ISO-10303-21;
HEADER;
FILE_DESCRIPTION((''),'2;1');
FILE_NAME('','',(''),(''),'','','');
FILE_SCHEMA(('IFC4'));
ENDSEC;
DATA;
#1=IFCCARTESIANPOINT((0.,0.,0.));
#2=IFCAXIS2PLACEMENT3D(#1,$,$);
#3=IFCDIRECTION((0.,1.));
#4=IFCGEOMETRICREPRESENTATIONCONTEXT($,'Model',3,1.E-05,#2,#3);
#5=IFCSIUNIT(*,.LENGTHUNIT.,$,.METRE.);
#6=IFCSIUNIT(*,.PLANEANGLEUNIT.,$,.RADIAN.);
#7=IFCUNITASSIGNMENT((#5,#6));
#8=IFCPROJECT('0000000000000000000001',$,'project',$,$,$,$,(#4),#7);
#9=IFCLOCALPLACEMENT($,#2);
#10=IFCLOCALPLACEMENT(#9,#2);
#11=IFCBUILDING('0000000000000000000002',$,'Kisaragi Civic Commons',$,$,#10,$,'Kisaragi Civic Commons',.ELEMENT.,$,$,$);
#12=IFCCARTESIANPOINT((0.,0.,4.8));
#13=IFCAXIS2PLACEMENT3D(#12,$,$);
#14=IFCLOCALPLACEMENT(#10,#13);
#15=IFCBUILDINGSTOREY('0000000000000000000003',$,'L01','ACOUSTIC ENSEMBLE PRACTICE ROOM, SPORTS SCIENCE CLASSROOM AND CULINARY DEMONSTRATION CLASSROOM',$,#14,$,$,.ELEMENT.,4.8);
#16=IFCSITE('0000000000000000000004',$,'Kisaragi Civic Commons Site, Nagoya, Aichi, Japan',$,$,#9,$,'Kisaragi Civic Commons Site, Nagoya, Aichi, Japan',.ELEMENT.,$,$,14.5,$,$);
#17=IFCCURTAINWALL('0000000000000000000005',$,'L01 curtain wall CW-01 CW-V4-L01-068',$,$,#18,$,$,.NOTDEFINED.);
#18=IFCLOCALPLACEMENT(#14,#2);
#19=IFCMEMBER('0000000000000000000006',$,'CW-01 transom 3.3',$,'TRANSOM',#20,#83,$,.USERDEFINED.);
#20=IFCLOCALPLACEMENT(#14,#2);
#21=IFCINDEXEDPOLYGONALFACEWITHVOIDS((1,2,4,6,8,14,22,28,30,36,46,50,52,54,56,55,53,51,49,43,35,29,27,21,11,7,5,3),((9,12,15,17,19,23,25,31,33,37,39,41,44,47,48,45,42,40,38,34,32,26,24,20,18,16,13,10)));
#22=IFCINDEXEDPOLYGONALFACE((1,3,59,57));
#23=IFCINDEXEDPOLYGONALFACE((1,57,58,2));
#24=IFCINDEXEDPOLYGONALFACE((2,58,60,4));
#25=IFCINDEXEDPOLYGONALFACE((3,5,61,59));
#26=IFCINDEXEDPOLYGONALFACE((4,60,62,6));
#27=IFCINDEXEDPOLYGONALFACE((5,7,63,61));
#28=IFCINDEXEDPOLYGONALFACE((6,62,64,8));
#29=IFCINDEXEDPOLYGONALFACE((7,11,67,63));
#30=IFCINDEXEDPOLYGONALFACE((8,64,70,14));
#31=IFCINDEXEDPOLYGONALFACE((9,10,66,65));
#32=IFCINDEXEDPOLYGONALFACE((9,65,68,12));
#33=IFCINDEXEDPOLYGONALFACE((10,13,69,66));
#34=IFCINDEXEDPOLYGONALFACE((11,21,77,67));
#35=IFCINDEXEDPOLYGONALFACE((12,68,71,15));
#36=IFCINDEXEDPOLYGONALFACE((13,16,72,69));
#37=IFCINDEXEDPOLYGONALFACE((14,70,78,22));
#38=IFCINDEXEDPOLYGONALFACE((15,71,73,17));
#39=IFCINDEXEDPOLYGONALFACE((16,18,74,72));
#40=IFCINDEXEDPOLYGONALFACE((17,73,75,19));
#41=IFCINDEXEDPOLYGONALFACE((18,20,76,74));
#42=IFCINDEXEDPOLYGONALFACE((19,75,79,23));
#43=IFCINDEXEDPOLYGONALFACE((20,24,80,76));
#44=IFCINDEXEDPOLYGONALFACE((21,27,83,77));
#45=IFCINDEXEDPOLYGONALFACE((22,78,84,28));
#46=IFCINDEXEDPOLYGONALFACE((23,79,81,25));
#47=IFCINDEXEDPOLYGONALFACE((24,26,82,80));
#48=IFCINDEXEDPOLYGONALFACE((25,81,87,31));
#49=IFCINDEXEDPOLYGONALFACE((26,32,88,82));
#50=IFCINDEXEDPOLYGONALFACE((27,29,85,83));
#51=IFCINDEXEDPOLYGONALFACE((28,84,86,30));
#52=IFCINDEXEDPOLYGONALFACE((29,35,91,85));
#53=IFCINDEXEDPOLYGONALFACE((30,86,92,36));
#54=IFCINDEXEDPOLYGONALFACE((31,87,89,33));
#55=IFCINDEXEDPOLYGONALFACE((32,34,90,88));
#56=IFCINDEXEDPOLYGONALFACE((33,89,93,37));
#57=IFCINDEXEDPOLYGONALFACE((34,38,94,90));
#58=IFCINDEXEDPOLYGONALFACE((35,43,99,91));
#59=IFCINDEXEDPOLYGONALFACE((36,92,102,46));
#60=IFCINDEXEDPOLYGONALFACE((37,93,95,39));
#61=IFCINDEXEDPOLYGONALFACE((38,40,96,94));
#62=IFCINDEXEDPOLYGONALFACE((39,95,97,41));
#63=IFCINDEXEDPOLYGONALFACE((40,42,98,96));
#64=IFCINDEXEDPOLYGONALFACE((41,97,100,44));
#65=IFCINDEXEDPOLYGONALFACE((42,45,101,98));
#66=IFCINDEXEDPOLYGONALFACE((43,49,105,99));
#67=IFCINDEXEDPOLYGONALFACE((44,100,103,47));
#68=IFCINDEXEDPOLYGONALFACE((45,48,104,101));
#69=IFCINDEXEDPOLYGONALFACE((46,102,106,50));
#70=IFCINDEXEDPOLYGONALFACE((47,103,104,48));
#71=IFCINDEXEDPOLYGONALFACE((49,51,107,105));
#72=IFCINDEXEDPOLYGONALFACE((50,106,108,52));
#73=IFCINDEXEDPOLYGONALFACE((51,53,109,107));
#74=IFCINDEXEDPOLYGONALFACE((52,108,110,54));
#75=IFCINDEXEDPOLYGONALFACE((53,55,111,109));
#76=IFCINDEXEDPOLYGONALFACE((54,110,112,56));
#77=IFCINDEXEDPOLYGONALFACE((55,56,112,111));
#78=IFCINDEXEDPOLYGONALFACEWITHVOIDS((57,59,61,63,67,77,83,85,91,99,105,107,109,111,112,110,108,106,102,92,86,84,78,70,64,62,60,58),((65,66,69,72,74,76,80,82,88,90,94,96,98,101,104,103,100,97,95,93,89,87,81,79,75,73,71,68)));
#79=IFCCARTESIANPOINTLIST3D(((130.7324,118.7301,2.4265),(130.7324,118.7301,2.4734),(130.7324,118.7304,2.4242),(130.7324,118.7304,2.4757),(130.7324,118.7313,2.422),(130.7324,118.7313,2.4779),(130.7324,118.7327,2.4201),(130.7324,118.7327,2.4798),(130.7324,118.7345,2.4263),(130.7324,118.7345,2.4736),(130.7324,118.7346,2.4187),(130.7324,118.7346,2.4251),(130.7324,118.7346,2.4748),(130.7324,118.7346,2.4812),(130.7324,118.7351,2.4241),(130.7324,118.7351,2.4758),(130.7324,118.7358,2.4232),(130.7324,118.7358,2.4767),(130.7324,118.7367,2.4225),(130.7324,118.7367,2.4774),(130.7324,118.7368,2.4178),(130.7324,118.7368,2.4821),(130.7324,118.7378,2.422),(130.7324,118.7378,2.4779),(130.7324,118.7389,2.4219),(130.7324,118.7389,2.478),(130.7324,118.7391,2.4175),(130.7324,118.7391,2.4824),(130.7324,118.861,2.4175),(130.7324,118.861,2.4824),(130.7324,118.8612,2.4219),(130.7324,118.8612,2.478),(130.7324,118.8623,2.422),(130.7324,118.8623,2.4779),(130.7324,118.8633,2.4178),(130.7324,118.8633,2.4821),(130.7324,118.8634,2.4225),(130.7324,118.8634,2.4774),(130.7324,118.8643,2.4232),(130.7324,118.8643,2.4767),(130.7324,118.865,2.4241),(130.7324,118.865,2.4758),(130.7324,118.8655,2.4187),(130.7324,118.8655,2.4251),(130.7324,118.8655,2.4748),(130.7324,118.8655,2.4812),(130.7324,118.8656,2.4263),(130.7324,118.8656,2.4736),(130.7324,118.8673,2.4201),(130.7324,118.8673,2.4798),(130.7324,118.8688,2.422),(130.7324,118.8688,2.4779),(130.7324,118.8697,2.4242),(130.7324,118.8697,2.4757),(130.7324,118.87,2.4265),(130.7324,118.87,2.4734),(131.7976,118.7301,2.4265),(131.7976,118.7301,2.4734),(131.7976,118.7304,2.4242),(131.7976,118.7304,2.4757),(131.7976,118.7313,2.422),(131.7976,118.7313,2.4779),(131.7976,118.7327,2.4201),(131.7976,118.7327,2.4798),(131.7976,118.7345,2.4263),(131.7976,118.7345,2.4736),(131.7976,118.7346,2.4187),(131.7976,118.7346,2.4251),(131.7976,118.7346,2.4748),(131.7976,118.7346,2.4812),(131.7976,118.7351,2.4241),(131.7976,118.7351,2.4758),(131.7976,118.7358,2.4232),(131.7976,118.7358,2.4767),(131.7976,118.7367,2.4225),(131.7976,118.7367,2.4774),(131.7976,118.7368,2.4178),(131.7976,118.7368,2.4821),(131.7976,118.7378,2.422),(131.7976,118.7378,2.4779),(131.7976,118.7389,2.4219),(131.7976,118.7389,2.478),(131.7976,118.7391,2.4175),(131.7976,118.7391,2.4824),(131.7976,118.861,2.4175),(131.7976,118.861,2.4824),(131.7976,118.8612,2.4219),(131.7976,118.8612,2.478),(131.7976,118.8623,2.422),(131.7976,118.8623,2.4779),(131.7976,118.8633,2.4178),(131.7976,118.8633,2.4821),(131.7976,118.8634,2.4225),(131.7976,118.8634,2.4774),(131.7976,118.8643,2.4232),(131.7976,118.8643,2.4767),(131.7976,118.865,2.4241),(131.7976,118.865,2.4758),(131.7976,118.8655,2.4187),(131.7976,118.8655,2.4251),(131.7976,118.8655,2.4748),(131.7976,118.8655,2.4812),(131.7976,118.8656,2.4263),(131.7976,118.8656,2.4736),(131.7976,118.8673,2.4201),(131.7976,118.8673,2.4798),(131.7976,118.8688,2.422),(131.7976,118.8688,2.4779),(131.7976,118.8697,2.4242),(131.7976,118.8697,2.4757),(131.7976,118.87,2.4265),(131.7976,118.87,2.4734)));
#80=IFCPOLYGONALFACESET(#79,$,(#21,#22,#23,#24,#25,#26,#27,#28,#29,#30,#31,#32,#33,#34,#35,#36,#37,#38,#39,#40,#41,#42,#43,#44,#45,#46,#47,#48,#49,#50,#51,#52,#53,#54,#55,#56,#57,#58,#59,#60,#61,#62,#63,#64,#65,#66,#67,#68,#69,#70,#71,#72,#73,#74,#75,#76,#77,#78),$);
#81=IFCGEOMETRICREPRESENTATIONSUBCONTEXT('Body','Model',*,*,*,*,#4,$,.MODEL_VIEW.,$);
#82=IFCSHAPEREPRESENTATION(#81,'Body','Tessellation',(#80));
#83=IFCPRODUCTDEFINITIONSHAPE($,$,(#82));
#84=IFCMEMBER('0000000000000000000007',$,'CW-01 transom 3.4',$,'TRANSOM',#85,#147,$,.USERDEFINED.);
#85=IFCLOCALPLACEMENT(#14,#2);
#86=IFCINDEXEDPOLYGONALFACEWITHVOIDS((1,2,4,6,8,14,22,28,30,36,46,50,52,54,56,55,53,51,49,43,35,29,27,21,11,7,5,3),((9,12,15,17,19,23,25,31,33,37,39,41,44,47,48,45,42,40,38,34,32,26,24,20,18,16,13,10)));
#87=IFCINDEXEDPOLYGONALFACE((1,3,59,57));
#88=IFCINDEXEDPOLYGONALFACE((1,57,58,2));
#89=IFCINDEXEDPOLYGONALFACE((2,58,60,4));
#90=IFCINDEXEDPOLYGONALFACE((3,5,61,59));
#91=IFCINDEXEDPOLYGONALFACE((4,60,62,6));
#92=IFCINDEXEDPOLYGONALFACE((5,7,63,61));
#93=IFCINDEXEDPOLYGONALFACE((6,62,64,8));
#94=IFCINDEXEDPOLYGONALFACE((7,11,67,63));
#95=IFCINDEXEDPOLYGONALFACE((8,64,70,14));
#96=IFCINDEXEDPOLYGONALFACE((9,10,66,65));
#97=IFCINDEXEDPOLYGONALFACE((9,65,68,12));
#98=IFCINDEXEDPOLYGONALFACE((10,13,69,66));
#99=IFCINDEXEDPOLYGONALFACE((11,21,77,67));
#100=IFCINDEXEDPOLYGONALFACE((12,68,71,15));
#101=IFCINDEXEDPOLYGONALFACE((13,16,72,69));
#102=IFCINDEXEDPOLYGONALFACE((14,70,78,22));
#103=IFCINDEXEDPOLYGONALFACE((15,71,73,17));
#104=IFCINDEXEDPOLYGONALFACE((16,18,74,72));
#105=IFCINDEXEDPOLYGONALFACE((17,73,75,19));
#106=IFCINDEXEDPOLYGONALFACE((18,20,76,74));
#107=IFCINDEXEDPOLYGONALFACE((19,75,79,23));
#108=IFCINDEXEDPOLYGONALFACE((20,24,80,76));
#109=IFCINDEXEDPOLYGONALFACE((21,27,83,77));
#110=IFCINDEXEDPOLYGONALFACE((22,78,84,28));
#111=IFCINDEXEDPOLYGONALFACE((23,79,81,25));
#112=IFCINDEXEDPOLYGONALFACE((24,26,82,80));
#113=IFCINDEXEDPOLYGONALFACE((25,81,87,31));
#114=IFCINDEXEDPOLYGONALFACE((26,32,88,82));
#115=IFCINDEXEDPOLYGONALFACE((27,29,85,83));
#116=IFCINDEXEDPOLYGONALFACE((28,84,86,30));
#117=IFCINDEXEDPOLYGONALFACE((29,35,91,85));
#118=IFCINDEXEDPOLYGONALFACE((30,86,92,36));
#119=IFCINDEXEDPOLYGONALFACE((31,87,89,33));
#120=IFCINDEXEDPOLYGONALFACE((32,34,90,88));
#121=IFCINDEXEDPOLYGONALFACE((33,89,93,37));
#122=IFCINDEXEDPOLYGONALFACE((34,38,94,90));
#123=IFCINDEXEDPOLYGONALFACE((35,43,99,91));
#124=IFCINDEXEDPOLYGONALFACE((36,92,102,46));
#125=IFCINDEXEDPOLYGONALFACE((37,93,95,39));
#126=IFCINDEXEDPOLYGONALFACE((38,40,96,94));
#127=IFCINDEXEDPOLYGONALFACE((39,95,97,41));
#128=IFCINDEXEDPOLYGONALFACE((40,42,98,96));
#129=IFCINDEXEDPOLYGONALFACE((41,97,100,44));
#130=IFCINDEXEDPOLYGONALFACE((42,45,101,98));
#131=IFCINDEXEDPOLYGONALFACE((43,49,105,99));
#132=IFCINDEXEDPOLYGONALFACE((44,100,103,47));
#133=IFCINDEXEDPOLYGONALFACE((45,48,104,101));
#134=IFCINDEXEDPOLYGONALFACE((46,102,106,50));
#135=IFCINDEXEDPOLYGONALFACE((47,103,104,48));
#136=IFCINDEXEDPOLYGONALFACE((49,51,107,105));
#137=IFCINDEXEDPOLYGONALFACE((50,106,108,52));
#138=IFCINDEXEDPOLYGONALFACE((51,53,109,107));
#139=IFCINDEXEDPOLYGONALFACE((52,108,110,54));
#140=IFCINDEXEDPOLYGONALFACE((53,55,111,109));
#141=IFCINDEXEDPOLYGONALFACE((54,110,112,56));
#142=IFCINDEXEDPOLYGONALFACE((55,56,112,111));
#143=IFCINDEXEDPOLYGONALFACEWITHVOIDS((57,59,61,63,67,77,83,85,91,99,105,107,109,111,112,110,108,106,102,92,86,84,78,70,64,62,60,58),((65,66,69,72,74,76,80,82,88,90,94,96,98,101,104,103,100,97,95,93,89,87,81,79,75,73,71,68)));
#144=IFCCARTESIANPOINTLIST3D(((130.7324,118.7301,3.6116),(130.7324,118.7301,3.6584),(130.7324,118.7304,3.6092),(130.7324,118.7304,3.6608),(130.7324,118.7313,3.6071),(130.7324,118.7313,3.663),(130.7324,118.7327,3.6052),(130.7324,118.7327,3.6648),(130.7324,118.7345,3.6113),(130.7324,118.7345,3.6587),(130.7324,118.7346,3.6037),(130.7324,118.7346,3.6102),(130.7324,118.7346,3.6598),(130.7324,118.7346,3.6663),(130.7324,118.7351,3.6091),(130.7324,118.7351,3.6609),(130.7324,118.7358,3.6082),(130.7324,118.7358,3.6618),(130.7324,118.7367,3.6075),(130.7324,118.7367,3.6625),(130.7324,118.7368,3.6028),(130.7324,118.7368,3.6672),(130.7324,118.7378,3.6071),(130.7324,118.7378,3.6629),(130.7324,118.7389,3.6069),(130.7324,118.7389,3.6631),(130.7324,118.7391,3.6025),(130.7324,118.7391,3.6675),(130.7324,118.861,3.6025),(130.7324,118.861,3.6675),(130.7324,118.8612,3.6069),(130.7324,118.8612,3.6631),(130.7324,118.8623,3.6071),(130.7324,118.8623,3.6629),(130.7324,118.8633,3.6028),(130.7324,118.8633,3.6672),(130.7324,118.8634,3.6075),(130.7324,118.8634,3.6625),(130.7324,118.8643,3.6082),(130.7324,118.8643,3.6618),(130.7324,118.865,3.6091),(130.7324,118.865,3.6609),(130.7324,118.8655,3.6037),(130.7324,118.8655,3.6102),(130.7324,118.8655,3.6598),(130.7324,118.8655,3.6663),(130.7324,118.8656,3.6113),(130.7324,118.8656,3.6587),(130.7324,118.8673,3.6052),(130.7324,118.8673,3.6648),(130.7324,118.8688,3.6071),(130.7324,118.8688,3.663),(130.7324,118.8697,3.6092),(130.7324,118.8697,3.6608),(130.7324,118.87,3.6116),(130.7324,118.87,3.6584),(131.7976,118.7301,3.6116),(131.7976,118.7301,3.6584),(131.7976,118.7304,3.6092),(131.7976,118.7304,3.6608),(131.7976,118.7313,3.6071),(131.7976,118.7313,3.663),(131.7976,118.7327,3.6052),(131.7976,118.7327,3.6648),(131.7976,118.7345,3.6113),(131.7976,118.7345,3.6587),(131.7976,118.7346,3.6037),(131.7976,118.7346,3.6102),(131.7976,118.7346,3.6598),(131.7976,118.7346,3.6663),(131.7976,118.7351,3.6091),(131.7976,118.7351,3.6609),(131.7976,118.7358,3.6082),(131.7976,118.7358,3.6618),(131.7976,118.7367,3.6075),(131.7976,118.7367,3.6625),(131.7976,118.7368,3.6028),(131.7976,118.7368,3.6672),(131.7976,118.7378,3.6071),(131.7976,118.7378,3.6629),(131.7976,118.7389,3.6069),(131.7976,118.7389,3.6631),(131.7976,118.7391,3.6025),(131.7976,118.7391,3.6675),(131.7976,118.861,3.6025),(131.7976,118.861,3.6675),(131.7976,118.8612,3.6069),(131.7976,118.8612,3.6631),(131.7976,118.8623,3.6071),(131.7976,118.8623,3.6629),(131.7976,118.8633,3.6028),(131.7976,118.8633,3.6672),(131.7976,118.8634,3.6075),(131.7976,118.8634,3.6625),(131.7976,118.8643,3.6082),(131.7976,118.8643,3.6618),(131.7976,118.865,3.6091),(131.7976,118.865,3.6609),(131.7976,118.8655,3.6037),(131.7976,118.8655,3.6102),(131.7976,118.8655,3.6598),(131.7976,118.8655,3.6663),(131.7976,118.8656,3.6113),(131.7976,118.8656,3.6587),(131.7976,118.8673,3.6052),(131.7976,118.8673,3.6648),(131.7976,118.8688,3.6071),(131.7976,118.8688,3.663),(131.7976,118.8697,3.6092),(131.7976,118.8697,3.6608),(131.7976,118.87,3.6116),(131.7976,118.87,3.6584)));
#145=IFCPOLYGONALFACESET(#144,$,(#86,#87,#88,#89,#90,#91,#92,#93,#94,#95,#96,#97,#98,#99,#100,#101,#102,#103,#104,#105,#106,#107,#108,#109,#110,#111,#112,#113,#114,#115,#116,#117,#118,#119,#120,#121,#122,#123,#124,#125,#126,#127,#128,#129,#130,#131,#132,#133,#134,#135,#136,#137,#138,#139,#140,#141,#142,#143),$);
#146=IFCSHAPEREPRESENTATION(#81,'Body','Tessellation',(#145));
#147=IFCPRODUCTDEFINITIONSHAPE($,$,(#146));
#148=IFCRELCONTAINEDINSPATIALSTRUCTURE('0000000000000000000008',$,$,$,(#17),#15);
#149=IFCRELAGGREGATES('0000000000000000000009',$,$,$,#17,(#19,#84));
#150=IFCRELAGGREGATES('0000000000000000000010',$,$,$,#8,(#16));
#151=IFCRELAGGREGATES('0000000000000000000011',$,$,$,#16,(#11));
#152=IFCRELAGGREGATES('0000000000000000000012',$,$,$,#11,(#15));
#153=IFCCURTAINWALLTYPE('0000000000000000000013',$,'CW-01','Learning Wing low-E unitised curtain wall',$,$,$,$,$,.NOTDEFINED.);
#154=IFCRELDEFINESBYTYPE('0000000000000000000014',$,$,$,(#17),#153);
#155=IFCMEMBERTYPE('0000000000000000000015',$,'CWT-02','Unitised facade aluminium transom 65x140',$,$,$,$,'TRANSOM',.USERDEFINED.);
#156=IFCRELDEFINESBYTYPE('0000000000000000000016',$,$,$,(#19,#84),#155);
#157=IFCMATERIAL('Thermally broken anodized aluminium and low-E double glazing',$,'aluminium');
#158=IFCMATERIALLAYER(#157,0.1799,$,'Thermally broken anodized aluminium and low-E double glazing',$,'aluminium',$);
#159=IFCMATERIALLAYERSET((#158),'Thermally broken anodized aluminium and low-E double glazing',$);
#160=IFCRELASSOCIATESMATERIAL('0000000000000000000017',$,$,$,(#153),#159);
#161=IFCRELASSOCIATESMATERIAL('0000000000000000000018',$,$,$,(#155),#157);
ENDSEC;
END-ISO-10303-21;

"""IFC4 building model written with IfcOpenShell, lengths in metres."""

from ifc_helpers import new_model, si_unit, direction, frame, origin, origin_2d, place, context, subcontext, project, spatial, hollow_rectangle, extrude, material, layer, layer_set, material_profile, profile_set, type_object, element, aggregate, save


model = new_model("IFC4")

# Units and contexts
model_context = context("Model", 3, precision=1e-05, world=origin(), true_north=direction((0.0, 1.0)))
body_context = subcontext(model_context, "Body", "Model", "MODEL_VIEW")
ifc_project = project(units=[si_unit("LENGTHUNIT", "METRE"), si_unit("PLANEANGLEUNIT", "RADIAN")], contexts=[model_context])

# Site, building, storey
site_placement = place(None, origin())
site = spatial("IfcSite", under=ifc_project, at=site_placement, Name="Kisaragi Civic Commons Site, Nagoya, Aichi, Japan", LongName="Kisaragi Civic Commons Site, Nagoya, Aichi, Japan", CompositionType="ELEMENT", RefElevation=14.5)
building_placement = place(site_placement, origin())
building = spatial("IfcBuilding", under=site, at=building_placement, Name="Kisaragi Civic Commons", LongName="Kisaragi Civic Commons", CompositionType="ELEMENT")
storey_placement = place(building_placement, frame((0.0, 0.0, 4.8)))
storey = spatial("IfcBuildingStorey", under=building, at=storey_placement, Name="L01", Description="ACOUSTIC ENSEMBLE PRACTICE ROOM, SPORTS SCIENCE CLASSROOM AND CULINARY DEMONSTRATION CLASSROOM", CompositionType="ELEMENT", Elevation=4.8)

# Curtain wall, members
ifc_material = material(Name="Thermally broken anodized aluminium and low-E double glazing", Category="aluminium")
ifc_layer_1 = layer(ifc_material, 0.1799, Name="Thermally broken anodized aluminium and low-E double glazing", Category="aluminium")
ifc_layer_set_1 = layer_set([ifc_layer_1], Name="Thermally broken anodized aluminium and low-E double glazing")
curtain_wall_type = type_object("IfcCurtainWallType", Name="CW-01", Description="Learning Wing low-E unitised curtain wall", PredefinedType="NOTDEFINED", material=ifc_layer_set_1)
curtain_wall_placement = place(storey_placement, origin())
curtain_wall = element("IfcCurtainWall", 1, at=curtain_wall_placement, inside=storey, type_object=curtain_wall_type, Name="L01 curtain wall CW-01 CW-V4-L01-068", PredefinedType="NOTDEFINED")
ifc_material_profile_1 = material_profile(ifc_material, hollow_rectangle(XDim=0.1399, YDim=0.0649, WallThickness=0.0044, InnerFilletRadius=0.0044, OuterFilletRadius=0.009, at=origin_2d()), Name="CWT-65x140x4.5", Category="aluminium")
ifc_profile_set_1 = profile_set([ifc_material_profile_1], Name="Thermally broken anodized aluminium and low-E double glazing")
member_type_1 = type_object("IfcMemberType", Name="CWT-02", Description="Unitised facade aluminium transom 65x140", ElementType="TRANSOM", PredefinedType="USERDEFINED", material=ifc_profile_set_1)
member_1_placement = place(storey_placement, frame((130.7324, 118.8, 2.45), z_axis=(1.0, 0.0, 0.0), x_axis=(0.0, 1.0, 0.0)))
member_1 = element("IfcMember", 2, at=member_1_placement, type_object=member_type_1, Name="CW-01 transom 3.3", ObjectType="TRANSOM", PredefinedType="USERDEFINED", context=body_context, shape_type="SweptSolid", body=[
    extrude(hollow_rectangle(XDim=0.1399, YDim=0.0649, WallThickness=0.0044, InnerFilletRadius=0.0044, OuterFilletRadius=0.009, at=origin_2d()), origin(), (0.0, 0.0, 1.0), 1.0652),
])
member_2_placement = place(storey_placement, frame((130.7324, 118.8, 3.635), z_axis=(1.0, 0.0, 0.0), x_axis=(0.0, 1.0, 0.0)))
member_2 = element("IfcMember", 3, at=member_2_placement, type_object=member_type_1, Name="CW-01 transom 3.4", ObjectType="TRANSOM", PredefinedType="USERDEFINED", context=body_context, shape_type="SweptSolid", body=[
    extrude(hollow_rectangle(XDim=0.1399, YDim=0.0649, WallThickness=0.0044, InnerFilletRadius=0.0044, OuterFilletRadius=0.009, at=origin_2d()), origin(), (0.0, 0.0, 1.0), 1.0652),
])
aggregate(curtain_wall, [member_1, member_2])

save(model, "model.ifc")
